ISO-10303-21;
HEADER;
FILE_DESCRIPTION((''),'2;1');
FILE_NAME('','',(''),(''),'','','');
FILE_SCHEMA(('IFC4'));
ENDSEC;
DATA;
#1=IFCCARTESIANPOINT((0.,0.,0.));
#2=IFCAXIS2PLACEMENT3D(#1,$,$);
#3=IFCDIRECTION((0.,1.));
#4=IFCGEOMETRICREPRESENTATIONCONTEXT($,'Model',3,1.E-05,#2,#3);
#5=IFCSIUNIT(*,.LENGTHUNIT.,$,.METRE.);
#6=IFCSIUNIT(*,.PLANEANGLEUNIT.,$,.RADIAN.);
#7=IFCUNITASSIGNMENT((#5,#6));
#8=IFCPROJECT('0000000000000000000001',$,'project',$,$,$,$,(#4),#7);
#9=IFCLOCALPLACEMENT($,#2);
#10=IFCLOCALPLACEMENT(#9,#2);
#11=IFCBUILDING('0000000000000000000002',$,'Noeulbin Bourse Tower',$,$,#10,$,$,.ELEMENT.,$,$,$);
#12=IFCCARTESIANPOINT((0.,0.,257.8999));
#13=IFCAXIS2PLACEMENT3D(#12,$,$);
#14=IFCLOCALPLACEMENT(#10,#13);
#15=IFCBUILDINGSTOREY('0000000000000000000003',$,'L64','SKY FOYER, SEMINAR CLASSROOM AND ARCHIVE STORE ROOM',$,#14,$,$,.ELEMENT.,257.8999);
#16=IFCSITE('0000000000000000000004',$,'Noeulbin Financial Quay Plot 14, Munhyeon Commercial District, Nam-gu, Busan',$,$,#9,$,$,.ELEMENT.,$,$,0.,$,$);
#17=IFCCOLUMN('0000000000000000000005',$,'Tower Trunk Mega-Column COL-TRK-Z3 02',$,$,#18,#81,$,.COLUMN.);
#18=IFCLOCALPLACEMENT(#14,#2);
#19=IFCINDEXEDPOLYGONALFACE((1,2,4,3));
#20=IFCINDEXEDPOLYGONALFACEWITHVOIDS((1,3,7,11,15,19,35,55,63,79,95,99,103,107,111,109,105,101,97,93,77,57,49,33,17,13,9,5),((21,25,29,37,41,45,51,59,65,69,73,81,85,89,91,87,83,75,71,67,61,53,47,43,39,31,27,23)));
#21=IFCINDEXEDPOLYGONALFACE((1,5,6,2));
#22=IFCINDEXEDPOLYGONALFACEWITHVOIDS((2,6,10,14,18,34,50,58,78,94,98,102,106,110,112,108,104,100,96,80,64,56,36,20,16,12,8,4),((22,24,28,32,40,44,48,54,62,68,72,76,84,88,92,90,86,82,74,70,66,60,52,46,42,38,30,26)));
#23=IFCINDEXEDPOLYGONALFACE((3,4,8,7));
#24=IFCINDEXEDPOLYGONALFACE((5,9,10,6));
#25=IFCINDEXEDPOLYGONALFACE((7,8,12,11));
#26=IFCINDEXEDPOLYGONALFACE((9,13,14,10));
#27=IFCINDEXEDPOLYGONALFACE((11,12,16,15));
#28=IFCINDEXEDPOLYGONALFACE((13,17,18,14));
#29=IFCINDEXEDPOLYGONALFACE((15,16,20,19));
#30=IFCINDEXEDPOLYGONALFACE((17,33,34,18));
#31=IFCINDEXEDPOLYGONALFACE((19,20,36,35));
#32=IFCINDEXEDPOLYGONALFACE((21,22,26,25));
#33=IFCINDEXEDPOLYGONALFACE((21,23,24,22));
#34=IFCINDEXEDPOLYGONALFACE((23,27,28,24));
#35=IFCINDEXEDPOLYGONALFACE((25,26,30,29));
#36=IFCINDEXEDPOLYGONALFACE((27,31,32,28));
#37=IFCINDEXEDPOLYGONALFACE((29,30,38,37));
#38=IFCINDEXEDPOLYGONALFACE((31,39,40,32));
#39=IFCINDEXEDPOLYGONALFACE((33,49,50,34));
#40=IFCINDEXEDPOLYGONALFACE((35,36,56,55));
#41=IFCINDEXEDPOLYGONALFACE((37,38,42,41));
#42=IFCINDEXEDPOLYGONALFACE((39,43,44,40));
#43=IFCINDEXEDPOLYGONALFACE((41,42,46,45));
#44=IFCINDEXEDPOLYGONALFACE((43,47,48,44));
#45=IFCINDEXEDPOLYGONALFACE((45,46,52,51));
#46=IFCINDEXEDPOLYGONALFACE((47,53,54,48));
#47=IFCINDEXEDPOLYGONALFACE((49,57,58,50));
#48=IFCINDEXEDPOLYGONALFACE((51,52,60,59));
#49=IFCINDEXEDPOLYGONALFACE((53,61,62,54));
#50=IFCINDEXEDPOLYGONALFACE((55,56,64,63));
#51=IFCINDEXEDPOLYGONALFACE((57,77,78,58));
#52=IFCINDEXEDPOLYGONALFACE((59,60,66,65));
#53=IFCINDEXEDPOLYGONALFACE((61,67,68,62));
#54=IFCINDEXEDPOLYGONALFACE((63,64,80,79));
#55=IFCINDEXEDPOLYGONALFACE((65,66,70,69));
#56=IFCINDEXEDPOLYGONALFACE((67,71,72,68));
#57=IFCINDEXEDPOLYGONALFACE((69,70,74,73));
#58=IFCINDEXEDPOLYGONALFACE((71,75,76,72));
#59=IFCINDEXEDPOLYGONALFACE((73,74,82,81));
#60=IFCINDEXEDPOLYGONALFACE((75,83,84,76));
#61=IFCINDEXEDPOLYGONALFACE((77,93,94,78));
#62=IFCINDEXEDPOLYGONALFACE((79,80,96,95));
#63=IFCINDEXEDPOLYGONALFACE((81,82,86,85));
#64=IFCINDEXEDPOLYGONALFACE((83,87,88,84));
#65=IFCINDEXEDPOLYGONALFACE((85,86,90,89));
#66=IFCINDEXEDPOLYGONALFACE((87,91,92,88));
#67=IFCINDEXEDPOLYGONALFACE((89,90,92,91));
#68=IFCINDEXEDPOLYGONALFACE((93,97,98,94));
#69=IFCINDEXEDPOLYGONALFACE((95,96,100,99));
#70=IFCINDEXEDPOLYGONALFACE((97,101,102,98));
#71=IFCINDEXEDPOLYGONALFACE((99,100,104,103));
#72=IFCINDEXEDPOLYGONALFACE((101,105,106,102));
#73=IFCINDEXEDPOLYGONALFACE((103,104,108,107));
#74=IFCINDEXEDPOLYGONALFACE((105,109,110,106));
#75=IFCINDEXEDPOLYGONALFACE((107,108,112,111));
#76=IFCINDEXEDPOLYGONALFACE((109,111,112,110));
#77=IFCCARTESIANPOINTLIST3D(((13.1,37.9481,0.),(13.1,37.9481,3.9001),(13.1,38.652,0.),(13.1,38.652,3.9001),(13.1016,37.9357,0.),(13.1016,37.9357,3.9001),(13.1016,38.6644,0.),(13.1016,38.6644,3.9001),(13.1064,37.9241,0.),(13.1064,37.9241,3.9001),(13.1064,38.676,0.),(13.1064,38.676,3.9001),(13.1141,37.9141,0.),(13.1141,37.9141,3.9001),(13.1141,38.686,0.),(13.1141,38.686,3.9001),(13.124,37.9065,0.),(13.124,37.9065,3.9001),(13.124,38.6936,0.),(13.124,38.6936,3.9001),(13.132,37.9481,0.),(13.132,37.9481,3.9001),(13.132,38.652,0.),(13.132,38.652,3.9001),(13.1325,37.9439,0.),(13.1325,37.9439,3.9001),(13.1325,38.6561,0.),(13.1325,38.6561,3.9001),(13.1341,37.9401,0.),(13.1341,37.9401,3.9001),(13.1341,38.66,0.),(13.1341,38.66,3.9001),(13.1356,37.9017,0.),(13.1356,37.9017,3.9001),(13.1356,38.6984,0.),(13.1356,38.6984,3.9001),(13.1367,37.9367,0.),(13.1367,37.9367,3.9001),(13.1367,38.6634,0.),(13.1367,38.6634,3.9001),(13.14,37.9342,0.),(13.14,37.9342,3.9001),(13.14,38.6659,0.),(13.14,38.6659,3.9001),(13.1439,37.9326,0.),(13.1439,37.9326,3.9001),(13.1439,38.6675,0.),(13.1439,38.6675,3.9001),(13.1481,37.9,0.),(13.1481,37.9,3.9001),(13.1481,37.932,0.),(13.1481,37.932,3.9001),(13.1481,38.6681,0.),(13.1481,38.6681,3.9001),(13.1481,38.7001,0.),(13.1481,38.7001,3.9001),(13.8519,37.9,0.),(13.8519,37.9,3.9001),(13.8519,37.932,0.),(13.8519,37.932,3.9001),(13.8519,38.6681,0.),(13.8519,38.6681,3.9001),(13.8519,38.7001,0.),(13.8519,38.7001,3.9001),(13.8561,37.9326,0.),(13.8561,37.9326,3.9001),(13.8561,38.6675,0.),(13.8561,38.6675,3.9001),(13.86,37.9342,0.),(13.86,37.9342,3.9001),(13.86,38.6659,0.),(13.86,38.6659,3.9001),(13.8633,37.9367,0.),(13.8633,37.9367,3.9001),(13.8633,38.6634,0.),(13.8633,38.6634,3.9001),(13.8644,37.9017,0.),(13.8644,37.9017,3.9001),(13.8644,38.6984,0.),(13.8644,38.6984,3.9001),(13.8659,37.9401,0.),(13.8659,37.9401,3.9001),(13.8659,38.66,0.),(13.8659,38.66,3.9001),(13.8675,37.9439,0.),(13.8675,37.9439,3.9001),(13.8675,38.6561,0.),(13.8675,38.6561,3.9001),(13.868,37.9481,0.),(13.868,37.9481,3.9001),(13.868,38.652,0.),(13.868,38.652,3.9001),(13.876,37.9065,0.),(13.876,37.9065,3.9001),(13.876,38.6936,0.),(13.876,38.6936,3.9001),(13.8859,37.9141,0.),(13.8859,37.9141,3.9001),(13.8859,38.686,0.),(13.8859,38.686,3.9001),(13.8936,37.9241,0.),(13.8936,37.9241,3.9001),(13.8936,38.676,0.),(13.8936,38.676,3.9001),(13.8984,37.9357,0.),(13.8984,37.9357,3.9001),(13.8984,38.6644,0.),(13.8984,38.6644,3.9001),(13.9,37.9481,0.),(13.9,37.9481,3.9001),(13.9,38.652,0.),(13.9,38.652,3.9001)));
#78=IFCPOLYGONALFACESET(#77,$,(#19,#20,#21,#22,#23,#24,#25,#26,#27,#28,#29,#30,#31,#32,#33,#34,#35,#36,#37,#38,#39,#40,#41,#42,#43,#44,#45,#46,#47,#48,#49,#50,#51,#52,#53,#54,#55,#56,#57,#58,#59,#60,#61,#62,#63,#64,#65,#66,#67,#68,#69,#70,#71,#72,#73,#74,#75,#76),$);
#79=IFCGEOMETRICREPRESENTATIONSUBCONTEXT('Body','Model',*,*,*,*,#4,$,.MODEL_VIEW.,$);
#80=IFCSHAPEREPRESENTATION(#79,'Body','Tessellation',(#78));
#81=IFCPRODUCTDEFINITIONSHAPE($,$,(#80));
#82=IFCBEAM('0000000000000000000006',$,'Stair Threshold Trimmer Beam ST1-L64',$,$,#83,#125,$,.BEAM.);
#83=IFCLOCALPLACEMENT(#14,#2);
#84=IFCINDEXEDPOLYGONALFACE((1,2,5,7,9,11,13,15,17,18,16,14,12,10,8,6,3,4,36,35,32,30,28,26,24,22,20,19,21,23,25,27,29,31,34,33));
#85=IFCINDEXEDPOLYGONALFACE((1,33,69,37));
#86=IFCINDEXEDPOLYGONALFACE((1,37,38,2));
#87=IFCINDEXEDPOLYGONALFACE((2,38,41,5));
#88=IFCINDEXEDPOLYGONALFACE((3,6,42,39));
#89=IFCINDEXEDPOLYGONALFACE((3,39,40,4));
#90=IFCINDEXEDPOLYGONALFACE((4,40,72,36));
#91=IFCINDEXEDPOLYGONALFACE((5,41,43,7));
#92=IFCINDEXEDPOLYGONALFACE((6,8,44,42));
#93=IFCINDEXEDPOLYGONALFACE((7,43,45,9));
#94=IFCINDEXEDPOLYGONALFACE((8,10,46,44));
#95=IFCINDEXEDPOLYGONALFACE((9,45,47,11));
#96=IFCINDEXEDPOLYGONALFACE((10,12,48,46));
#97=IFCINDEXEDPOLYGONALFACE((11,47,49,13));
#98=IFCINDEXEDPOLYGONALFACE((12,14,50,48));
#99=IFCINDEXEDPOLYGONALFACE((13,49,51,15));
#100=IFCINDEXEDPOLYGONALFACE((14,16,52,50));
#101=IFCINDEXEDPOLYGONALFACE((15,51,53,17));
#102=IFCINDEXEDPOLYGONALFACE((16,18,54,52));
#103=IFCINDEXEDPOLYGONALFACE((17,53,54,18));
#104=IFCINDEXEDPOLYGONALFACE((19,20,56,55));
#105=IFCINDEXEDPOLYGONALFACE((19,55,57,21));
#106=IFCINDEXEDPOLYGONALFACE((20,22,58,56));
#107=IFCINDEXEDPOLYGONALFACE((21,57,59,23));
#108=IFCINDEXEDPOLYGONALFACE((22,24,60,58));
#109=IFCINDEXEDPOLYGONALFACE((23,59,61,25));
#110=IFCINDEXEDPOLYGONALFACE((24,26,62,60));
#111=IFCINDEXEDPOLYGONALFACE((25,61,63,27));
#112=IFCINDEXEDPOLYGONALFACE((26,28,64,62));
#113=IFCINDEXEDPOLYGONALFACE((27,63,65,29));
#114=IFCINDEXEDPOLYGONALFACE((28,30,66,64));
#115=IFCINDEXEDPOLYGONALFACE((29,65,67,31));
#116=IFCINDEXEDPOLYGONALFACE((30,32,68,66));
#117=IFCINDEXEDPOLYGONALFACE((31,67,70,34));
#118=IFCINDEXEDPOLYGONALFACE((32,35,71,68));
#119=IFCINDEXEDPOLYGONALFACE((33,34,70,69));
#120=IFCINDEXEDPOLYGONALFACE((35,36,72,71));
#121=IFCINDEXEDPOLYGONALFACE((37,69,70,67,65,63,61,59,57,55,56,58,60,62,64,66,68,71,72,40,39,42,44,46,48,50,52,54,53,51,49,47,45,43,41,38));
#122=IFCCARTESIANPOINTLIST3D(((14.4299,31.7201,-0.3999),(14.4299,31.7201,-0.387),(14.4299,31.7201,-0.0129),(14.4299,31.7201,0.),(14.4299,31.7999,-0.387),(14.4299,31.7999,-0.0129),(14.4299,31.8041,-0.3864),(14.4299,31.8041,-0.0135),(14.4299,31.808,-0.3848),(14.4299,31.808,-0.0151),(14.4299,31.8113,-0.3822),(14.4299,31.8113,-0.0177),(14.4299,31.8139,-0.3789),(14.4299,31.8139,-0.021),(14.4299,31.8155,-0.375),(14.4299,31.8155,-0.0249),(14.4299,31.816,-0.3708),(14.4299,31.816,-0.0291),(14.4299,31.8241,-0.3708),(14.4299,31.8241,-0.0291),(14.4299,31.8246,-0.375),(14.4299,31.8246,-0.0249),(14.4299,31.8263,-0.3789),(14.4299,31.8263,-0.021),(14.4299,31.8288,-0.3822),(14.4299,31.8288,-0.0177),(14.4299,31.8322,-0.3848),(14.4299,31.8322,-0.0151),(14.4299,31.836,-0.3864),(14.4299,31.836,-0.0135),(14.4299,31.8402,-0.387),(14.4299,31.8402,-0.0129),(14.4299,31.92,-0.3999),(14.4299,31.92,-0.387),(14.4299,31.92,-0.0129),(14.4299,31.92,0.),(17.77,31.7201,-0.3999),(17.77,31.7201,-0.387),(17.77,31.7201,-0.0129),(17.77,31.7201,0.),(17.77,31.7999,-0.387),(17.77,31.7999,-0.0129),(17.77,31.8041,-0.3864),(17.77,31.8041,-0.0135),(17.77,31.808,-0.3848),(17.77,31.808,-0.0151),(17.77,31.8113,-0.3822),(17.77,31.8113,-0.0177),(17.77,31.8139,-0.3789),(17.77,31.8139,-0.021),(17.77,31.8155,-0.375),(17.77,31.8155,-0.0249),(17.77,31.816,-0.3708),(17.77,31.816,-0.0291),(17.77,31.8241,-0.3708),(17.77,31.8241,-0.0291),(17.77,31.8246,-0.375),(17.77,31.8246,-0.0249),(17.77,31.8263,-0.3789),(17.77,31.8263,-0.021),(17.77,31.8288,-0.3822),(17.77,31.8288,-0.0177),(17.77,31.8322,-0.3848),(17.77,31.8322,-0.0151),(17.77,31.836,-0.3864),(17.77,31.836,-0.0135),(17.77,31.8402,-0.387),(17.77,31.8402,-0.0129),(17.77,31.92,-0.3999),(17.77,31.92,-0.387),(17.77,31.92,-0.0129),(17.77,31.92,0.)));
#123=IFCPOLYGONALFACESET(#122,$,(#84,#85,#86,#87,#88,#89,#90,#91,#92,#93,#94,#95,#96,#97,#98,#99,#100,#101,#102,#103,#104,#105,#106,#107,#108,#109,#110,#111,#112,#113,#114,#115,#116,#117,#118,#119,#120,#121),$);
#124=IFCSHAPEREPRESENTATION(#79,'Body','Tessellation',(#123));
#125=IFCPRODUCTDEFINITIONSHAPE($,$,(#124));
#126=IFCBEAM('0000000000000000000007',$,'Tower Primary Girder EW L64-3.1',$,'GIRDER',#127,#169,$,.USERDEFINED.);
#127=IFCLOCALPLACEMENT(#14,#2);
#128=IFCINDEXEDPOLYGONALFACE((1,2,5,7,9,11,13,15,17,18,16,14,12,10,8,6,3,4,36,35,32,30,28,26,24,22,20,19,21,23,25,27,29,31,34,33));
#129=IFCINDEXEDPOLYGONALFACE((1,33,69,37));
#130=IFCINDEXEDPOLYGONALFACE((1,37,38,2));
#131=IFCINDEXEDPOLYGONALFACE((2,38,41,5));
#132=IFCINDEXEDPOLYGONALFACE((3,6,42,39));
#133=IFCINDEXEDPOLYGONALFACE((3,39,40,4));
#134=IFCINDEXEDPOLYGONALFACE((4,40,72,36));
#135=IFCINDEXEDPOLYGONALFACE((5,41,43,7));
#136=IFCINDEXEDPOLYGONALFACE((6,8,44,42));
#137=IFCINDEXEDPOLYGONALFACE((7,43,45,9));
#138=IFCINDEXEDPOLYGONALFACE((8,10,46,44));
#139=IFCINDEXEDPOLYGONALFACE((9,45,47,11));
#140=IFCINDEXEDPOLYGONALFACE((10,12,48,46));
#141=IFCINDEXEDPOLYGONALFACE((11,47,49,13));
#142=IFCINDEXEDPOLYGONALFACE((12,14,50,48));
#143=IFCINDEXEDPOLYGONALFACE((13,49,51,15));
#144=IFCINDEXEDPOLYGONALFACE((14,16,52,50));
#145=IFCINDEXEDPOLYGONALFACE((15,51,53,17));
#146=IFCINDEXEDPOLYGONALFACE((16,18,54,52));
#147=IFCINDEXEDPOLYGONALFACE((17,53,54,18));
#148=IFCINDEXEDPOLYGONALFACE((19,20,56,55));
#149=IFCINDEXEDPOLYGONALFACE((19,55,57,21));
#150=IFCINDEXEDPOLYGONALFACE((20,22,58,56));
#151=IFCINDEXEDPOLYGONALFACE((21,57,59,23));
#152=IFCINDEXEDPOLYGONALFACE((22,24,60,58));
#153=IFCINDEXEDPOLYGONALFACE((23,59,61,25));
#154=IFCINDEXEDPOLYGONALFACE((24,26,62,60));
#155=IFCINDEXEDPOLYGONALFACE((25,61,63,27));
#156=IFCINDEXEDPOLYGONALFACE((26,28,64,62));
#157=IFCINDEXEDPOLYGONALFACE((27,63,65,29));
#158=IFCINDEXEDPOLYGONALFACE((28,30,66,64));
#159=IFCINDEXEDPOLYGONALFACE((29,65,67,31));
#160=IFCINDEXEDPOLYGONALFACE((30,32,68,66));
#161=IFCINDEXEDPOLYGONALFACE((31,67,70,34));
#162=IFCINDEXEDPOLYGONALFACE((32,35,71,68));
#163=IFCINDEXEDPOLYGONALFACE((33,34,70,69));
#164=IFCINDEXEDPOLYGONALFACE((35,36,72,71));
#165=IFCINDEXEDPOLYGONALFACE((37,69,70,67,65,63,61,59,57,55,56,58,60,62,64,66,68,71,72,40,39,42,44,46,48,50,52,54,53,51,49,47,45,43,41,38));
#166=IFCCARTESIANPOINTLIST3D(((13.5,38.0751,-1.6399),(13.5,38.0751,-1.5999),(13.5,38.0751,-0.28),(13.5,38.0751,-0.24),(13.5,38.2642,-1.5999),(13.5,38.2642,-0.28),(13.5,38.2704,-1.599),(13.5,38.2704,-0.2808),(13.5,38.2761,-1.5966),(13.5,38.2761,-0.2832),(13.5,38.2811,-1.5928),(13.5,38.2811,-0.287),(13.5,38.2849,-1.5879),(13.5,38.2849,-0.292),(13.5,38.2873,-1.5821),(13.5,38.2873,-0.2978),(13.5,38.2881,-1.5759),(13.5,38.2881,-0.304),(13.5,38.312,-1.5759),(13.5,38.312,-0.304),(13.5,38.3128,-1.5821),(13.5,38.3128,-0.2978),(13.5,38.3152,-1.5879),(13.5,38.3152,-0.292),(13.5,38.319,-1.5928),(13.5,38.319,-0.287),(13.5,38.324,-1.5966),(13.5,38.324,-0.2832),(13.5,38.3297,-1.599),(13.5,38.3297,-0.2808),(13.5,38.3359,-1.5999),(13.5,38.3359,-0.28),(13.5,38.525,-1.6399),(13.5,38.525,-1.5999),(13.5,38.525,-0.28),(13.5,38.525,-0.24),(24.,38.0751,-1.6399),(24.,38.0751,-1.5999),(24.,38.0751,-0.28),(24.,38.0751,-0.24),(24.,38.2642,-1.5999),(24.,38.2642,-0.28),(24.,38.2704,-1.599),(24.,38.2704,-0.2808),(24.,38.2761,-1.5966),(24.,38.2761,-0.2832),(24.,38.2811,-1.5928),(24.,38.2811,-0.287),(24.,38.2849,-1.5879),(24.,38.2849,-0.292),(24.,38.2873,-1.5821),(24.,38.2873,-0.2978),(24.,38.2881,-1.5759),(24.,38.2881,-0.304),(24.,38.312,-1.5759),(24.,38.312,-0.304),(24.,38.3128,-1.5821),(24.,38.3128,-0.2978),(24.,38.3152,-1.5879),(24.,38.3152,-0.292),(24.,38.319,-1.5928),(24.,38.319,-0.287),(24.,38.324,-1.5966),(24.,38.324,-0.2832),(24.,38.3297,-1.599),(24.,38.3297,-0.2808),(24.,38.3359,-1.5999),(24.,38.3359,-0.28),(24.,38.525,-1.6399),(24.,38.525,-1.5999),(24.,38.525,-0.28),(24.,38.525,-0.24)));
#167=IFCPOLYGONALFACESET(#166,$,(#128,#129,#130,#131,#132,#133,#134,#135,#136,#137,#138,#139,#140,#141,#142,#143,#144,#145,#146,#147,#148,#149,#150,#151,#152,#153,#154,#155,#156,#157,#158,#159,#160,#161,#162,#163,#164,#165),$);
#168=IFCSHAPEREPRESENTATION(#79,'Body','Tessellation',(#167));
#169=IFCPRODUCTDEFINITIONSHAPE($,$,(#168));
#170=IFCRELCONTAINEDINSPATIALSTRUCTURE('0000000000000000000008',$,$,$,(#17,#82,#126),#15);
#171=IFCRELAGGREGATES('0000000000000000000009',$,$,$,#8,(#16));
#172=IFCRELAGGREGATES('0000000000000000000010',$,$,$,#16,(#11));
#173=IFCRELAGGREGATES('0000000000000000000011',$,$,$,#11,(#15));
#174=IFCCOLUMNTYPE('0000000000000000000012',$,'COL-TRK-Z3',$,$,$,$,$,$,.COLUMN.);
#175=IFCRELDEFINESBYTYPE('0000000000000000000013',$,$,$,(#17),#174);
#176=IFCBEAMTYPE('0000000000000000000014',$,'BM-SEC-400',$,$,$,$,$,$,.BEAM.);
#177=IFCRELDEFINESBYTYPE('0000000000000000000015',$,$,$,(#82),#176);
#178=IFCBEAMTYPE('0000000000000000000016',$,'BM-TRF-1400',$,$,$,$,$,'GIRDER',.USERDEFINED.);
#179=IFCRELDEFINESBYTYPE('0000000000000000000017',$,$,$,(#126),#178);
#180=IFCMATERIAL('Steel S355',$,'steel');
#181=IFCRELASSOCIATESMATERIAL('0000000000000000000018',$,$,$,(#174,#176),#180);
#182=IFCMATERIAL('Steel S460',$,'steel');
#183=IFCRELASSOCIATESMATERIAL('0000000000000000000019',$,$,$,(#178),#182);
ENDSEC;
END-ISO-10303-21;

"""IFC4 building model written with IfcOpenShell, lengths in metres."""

from ifc_helpers import new_model, si_unit, direction, frame, origin, origin_2d, place, context, subcontext, project, spatial, hollow_rectangle, i_section, extrude, material, material_profile, profile_set, type_object, element, save


model = new_model("IFC4")

# Units and contexts
model_context = context("Model", 3, precision=1e-05, world=origin(), true_north=direction((0.0, 1.0)))
body_context = subcontext(model_context, "Body", "Model", "MODEL_VIEW")
ifc_project = project(units=[si_unit("LENGTHUNIT", "METRE"), si_unit("PLANEANGLEUNIT", "RADIAN")], contexts=[model_context])

# Site, building, storey
site_placement = place(None, origin())
site = spatial("IfcSite", under=ifc_project, at=site_placement, Name="Noeulbin Financial Quay Plot 14, Munhyeon Commercial District, Nam-gu, Busan", CompositionType="ELEMENT", RefElevation=0.0)
building_placement = place(site_placement, origin())
building = spatial("IfcBuilding", under=site, at=building_placement, Name="Noeulbin Bourse Tower", CompositionType="ELEMENT")
storey_placement = place(building_placement, frame((0.0, 0.0, 257.8999)))
storey = spatial("IfcBuildingStorey", under=building, at=storey_placement, Name="L64", Description="SKY FOYER, SEMINAR CLASSROOM AND ARCHIVE STORE ROOM", CompositionType="ELEMENT", Elevation=257.8999)

# Column
ifc_material_1 = material(Name="Steel S355", Category="steel")
ifc_material_profile_1 = material_profile(ifc_material_1, hollow_rectangle(XDim=0.8, YDim=0.8, WallThickness=0.032, InnerFilletRadius=0.0161, OuterFilletRadius=0.0481, at=origin_2d()), Name="BOX-800x800x32", Category="LoadBearing")
ifc_profile_set_1 = profile_set([ifc_material_profile_1], Name="Steel S355")
column_type = type_object("IfcColumnType", Name="COL-TRK-Z3", PredefinedType="COLUMN", material=ifc_profile_set_1)
column_placement = place(storey_placement, frame((13.5, 38.3, 0.0), z_axis=(0.0, 0.0, 1.0), x_axis=(1.0, 0.0, 0.0)))
element("IfcColumn", 1, at=column_placement, inside=storey, type_object=column_type, Name="Tower Trunk Mega-Column COL-TRK-Z3 02", PredefinedType="COLUMN", context=body_context, shape_type="SweptSolid", body=[
    extrude(hollow_rectangle(XDim=0.8, YDim=0.8, WallThickness=0.032, InnerFilletRadius=0.0161, OuterFilletRadius=0.0481, at=origin_2d()), origin(), (0.0, 0.0, 1.0), 3.9001),
])

# Beams
ifc_material_profile_2 = material_profile(ifc_material_1, i_section(OverallWidth=0.2, OverallDepth=0.3999, WebThickness=0.0081, FlangeThickness=0.0129, FilletRadius=0.0161, at=origin_2d()), Name="H-400x200x8x13", Category="LoadBearing")
ifc_profile_set_2 = profile_set([ifc_material_profile_2], Name="Steel S355")
beam_type_1 = type_object("IfcBeamType", Name="BM-SEC-400", PredefinedType="BEAM", material=ifc_profile_set_2)
beam_1_placement = place(storey_placement, frame((14.4299, 31.8201, -0.2), z_axis=(1.0, 0.0, 0.0), x_axis=(0.0, 1.0, 0.0)))
element("IfcBeam", 2, at=beam_1_placement, inside=storey, type_object=beam_type_1, Name="Stair Threshold Trimmer Beam ST1-L64", PredefinedType="BEAM", context=body_context, shape_type="SweptSolid", body=[
    extrude(i_section(OverallWidth=0.2, OverallDepth=0.3999, WebThickness=0.0081, FlangeThickness=0.0129, FilletRadius=0.0161, at=origin_2d()), origin(), (0.0, 0.0, 1.0), 3.3401),
])
ifc_material_2 = material(Name="Steel S460", Category="steel")
ifc_material_profile_3 = material_profile(ifc_material_2, i_section(OverallWidth=0.45, OverallDepth=1.3999, WebThickness=0.0239, FlangeThickness=0.04, FilletRadius=0.0239, at=origin_2d()), Name="PG-1400x450x24x40", Category="LoadBearing")
ifc_profile_set_3 = profile_set([ifc_material_profile_3], Name="Steel S460")
beam_type_2 = type_object("IfcBeamType", Name="BM-TRF-1400", ElementType="GIRDER", PredefinedType="USERDEFINED", material=ifc_profile_set_3)
beam_2_placement = place(storey_placement, frame((13.5, 38.3, -0.9399), z_axis=(1.0, 0.0, 0.0), x_axis=(0.0, 1.0, 0.0)))
element("IfcBeam", 3, at=beam_2_placement, inside=storey, type_object=beam_type_2, Name="Tower Primary Girder EW L64-3.1", ObjectType="GIRDER", PredefinedType="USERDEFINED", context=body_context, shape_type="SweptSolid", body=[
    extrude(i_section(OverallWidth=0.45, OverallDepth=1.3999, WebThickness=0.0239, FlangeThickness=0.04, FilletRadius=0.0239, at=origin_2d()), origin(), (0.0, 0.0, 1.0), 10.5),
])

save(model, "model.ifc")
